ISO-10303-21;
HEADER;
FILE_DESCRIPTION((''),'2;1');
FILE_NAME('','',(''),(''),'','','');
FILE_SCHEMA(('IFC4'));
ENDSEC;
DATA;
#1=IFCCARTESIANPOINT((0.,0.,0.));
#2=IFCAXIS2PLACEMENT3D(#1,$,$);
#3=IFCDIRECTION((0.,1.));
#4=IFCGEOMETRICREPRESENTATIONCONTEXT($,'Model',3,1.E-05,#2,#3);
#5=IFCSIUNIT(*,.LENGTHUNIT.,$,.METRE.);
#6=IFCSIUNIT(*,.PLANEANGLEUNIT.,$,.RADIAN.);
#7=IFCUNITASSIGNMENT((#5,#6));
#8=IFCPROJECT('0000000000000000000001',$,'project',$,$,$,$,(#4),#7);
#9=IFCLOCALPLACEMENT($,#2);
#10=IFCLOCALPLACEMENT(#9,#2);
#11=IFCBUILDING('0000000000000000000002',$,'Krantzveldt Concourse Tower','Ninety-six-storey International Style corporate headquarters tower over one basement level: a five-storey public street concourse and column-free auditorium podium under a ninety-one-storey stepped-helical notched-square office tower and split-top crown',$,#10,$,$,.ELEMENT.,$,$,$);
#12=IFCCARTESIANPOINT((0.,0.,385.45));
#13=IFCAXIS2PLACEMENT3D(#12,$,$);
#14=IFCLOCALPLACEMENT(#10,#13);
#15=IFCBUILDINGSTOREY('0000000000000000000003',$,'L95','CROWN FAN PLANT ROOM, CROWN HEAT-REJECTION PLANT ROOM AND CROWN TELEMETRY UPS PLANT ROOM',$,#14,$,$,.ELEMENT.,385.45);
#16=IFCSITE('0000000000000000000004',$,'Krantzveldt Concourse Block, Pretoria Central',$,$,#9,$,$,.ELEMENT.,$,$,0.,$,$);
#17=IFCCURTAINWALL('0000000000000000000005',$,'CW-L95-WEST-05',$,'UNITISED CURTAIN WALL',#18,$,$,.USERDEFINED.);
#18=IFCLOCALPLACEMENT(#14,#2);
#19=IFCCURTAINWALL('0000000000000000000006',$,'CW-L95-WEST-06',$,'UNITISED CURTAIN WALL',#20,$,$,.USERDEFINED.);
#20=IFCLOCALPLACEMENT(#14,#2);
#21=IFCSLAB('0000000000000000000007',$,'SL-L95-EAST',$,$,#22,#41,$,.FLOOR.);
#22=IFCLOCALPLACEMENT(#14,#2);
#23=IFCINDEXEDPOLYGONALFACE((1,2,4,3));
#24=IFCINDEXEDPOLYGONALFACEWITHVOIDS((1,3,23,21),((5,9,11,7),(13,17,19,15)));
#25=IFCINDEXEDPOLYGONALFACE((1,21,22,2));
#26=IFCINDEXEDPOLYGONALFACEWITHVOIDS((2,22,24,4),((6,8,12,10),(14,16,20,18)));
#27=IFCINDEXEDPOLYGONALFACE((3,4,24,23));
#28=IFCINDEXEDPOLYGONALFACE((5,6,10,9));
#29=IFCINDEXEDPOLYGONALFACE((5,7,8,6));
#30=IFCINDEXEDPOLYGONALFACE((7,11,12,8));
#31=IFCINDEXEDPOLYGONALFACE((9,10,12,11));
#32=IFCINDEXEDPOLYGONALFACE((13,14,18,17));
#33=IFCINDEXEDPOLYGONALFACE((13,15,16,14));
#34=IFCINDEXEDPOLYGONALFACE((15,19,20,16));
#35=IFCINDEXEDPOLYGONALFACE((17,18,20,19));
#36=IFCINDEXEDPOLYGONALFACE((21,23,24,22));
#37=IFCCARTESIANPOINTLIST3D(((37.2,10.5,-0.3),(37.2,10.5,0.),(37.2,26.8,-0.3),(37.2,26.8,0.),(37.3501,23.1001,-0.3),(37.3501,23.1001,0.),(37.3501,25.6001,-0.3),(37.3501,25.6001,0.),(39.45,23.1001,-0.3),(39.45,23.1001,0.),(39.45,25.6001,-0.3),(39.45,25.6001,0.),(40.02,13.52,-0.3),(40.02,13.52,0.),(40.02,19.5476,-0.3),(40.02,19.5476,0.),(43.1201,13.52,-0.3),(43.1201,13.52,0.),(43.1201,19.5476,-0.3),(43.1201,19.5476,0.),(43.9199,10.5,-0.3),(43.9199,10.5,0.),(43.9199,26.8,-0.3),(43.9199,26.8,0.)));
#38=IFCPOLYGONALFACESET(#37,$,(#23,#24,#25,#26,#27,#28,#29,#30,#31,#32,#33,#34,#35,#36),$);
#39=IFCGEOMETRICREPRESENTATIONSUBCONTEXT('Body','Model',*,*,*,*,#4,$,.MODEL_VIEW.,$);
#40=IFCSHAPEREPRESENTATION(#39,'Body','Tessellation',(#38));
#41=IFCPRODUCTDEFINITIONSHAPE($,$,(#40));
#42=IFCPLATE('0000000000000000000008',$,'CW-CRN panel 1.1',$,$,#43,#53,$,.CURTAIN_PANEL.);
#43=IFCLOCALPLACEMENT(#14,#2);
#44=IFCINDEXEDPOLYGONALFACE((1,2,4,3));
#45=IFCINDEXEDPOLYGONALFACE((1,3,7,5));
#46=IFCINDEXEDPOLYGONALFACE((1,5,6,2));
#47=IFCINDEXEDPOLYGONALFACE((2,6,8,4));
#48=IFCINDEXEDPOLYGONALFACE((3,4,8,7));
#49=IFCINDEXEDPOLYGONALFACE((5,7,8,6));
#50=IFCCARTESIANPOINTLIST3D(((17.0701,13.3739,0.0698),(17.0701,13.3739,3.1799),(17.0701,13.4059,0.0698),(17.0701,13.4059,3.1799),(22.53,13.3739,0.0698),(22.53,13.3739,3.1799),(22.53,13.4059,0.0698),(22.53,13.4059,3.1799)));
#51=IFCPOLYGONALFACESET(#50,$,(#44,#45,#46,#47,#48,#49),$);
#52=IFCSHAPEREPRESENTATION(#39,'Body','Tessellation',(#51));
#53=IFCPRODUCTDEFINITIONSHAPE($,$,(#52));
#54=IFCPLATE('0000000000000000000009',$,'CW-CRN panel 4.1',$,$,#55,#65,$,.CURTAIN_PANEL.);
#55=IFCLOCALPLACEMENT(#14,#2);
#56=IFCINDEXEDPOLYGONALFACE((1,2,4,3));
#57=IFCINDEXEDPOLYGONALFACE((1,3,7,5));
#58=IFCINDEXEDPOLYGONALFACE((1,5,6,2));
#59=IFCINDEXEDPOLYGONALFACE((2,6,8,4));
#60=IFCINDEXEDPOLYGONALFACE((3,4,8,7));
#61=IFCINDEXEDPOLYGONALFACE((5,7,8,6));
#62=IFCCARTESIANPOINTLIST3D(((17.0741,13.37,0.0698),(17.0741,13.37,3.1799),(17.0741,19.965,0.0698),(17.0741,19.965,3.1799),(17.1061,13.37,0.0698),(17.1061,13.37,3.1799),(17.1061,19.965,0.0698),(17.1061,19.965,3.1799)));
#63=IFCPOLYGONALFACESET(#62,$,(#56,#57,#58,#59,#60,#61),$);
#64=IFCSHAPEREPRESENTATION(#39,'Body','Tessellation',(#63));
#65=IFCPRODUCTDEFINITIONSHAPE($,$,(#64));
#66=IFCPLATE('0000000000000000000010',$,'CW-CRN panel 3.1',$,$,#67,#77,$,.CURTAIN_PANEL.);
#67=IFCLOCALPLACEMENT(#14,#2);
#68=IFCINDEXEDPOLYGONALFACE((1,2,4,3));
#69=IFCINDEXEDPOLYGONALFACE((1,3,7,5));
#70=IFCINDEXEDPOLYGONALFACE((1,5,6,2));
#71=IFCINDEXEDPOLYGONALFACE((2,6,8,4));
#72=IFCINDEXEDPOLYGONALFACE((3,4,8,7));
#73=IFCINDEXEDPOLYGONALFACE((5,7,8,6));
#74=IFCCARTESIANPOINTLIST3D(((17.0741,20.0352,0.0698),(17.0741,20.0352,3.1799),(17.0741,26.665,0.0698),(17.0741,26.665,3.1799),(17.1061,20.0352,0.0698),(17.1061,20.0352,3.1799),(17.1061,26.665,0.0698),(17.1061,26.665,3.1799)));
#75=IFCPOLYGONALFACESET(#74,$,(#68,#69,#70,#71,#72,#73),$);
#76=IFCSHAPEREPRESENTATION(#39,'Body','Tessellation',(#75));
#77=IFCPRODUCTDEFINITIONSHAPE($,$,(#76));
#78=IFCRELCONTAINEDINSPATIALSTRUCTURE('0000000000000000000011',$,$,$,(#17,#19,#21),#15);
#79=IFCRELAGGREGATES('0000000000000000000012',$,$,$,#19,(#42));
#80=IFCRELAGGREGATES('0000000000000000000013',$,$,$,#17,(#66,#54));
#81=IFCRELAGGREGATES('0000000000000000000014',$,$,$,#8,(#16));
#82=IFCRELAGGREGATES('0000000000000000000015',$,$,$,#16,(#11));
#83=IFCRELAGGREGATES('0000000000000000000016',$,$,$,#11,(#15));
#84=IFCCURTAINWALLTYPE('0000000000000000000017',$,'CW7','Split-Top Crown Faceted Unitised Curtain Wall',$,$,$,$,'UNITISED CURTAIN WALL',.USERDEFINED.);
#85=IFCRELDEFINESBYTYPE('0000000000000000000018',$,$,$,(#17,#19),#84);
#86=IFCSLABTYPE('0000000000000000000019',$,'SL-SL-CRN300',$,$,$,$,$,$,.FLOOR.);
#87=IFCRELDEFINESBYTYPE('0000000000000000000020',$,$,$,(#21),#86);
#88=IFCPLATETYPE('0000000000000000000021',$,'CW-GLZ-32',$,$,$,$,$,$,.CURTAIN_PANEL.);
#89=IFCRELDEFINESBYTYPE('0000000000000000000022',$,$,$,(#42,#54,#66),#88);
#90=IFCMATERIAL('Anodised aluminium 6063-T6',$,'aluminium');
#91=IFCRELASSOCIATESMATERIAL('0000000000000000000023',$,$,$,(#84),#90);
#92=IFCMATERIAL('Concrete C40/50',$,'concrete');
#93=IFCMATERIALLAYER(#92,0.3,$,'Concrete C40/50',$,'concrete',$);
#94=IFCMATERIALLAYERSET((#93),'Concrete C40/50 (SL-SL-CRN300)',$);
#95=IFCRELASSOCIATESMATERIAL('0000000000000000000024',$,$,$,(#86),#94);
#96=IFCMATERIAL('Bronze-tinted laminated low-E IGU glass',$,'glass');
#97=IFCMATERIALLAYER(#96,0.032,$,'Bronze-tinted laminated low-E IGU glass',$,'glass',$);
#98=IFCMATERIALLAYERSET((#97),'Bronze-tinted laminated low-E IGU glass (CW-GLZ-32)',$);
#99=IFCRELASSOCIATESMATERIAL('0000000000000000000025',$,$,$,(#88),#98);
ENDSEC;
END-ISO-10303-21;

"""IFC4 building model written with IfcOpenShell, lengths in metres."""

from ifc_helpers import new_model, si_unit, direction, frame, origin, origin_2d, place, context, subcontext, project, spatial, polyline, rectangle, outline, extrude, source, transform, mapped, material, layer, layer_set, type_object, type_shapes, element, aggregate, save


model = new_model("IFC4")

# Units and contexts
model_context = context("Model", 3, precision=1e-05, world=origin(), true_north=direction((0.0, 1.0)))
body_context = subcontext(model_context, "Body", "Model", "MODEL_VIEW")
ifc_project = project(units=[si_unit("LENGTHUNIT", "METRE"), si_unit("PLANEANGLEUNIT", "RADIAN")], contexts=[model_context])

# Site, building, storey
site_placement = place(None, origin())
site = spatial("IfcSite", under=ifc_project, at=site_placement, Name="Krantzveldt Concourse Block, Pretoria Central", CompositionType="ELEMENT", RefElevation=0.0)
building_placement = place(site_placement, origin())
building = spatial("IfcBuilding", under=site, at=building_placement, Name="Krantzveldt Concourse Tower", Description="Ninety-six-storey International Style corporate headquarters tower over one basement level: a five-storey public street concourse and column-free auditorium podium under a ninety-one-storey stepped-helical notched-square office tower and split-top crown", CompositionType="ELEMENT")
storey_placement = place(building_placement, frame((0.0, 0.0, 385.45)))
storey = spatial("IfcBuildingStorey", under=building, at=storey_placement, Name="L95", Description="CROWN FAN PLANT ROOM, CROWN HEAT-REJECTION PLANT ROOM AND CROWN TELEMETRY UPS PLANT ROOM", CompositionType="ELEMENT", Elevation=385.45)

# Curtain walls
ifc_material_1 = material(Name="Anodised aluminium 6063-T6", Category="aluminium")
curtain_wall_type = type_object("IfcCurtainWallType", Name="CW7", Description="Split-Top Crown Faceted Unitised Curtain Wall", ElementType="UNITISED CURTAIN WALL", PredefinedType="USERDEFINED", material=ifc_material_1)
curtain_wall_1_placement = place(storey_placement, origin())
curtain_wall_1 = element("IfcCurtainWall", 1, at=curtain_wall_1_placement, inside=storey, type_object=curtain_wall_type, Name="CW-L95-WEST-05", ObjectType="UNITISED CURTAIN WALL", PredefinedType="USERDEFINED")
curtain_wall_2_placement = place(storey_placement, origin())
curtain_wall_2 = element("IfcCurtainWall", 2, at=curtain_wall_2_placement, inside=storey, type_object=curtain_wall_type, Name="CW-L95-WEST-06", ObjectType="UNITISED CURTAIN WALL", PredefinedType="USERDEFINED")

# Slab
ifc_material_2 = material(Name="Concrete C40/50", Category="concrete")
ifc_layer_1 = layer(ifc_material_2, 0.3, Name="Concrete C40/50", Category="concrete")
ifc_layer_set_1 = layer_set([ifc_layer_1], Name="Concrete C40/50 (SL-SL-CRN300)")
slab_type = type_object("IfcSlabType", Name="SL-SL-CRN300", PredefinedType="FLOOR", material=ifc_layer_set_1)
slab_1_placement = place(storey_placement, frame((0.0, 0.0, -0.3)))
element("IfcSlab", 3, at=slab_1_placement, inside=storey, type_object=slab_type, Name="SL-L95-EAST", PredefinedType="FLOOR", context=body_context, shape_type="SweptSolid", body=[
    extrude(outline(polyline([(37.2, 10.5), (43.9199, 10.5), (43.9199, 26.8), (37.2, 26.8), (37.2, 10.5)]), holes=[polyline([(40.02, 19.5476), (40.02, 13.52), (43.1201, 13.52), (43.1201, 19.5476), (40.02, 19.5476)]), polyline([(37.3501, 23.1001), (39.45, 23.1001), (39.45, 25.6001), (37.3501, 25.6001), (37.3501, 23.1001)])]), origin(), (0.0, 0.0, 1.0), 0.3),
])

# Plates
ifc_material_3 = material(Name="Bronze-tinted laminated low-E IGU glass", Category="glass")
ifc_layer_2 = layer(ifc_material_3, 0.032, Name="Bronze-tinted laminated low-E IGU glass", Category="glass")
ifc_layer_set_2 = layer_set([ifc_layer_2], Name="Bronze-tinted laminated low-E IGU glass (CW-GLZ-32)")
plate_type_1 = type_object("IfcPlateType", Name="CW-GLZ-32", PredefinedType="CURTAIN_PANEL", material=ifc_layer_set_2)
shared_shape_1 = source(origin(), body_context, "Body", "SweptSolid", [
    extrude(rectangle(XDim=5.46, YDim=0.032, at=origin_2d()), origin(), (0.0, 0.0, 1.0), 3.1101),
])
plate_1_placement = place(storey_placement, frame((19.8, 13.3899, 0.0698), z_axis=(0.0, 0.0, 1.0), x_axis=(1.0, 0.0, 0.0)))
plate_1 = element("IfcPlate", 4, at=plate_1_placement, type_object=plate_type_1, Name="CW-CRN panel 1.1", PredefinedType="CURTAIN_PANEL", context=body_context, shape_type="MappedRepresentation", body=[
    mapped(shared_shape_1, transform((0.0, 0.0, 0.0), x_axis=(1.0, 0.0, 0.0), y_axis=(0.0, 1.0, 0.0), z_axis=(0.0, 0.0, 1.0), scale=1.0)),
])
aggregate(curtain_wall_2, [plate_1])
shared_shape_2 = source(origin(), body_context, "Body", "SweptSolid", [
    extrude(rectangle(XDim=6.595, YDim=0.032, at=origin_2d()), origin(), (0.0, 0.0, 1.0), 3.1101),
])
plate_2_placement = place(storey_placement, frame((17.0901, 16.6675, 0.0698), z_axis=(0.0, 0.0, 1.0), x_axis=(0.0, -1.0, 0.0)))
plate_2 = element("IfcPlate", 5, at=plate_2_placement, type_object=plate_type_1, Name="CW-CRN panel 4.1", PredefinedType="CURTAIN_PANEL", context=body_context, shape_type="MappedRepresentation", body=[
    mapped(shared_shape_2, transform((0.0, 0.0, 0.0), x_axis=(1.0, 0.0, 0.0), y_axis=(0.0, 1.0, 0.0), z_axis=(0.0, 0.0, 1.0), scale=1.0)),
])
shared_shape_3 = source(origin(), body_context, "Body", "SweptSolid", [
    extrude(rectangle(XDim=6.6299, YDim=0.032, at=origin_2d()), origin(), (0.0, 0.0, 1.0), 3.1101),
])
type_shapes(plate_type_1, [shared_shape_1, shared_shape_2, shared_shape_3])
plate_3_placement = place(storey_placement, frame((17.0901, 23.3501, 0.0698), z_axis=(0.0, 0.0, 1.0), x_axis=(0.0, -1.0, 0.0)))
plate_3 = element("IfcPlate", 6, at=plate_3_placement, type_object=plate_type_1, Name="CW-CRN panel 3.1", PredefinedType="CURTAIN_PANEL", context=body_context, shape_type="MappedRepresentation", body=[
    mapped(shared_shape_3, transform((0.0, 0.0, 0.0), x_axis=(1.0, 0.0, 0.0), y_axis=(0.0, 1.0, 0.0), z_axis=(0.0, 0.0, 1.0), scale=1.0)),
])
aggregate(curtain_wall_1, [plate_3, plate_2])

save(model, "model.ifc")
